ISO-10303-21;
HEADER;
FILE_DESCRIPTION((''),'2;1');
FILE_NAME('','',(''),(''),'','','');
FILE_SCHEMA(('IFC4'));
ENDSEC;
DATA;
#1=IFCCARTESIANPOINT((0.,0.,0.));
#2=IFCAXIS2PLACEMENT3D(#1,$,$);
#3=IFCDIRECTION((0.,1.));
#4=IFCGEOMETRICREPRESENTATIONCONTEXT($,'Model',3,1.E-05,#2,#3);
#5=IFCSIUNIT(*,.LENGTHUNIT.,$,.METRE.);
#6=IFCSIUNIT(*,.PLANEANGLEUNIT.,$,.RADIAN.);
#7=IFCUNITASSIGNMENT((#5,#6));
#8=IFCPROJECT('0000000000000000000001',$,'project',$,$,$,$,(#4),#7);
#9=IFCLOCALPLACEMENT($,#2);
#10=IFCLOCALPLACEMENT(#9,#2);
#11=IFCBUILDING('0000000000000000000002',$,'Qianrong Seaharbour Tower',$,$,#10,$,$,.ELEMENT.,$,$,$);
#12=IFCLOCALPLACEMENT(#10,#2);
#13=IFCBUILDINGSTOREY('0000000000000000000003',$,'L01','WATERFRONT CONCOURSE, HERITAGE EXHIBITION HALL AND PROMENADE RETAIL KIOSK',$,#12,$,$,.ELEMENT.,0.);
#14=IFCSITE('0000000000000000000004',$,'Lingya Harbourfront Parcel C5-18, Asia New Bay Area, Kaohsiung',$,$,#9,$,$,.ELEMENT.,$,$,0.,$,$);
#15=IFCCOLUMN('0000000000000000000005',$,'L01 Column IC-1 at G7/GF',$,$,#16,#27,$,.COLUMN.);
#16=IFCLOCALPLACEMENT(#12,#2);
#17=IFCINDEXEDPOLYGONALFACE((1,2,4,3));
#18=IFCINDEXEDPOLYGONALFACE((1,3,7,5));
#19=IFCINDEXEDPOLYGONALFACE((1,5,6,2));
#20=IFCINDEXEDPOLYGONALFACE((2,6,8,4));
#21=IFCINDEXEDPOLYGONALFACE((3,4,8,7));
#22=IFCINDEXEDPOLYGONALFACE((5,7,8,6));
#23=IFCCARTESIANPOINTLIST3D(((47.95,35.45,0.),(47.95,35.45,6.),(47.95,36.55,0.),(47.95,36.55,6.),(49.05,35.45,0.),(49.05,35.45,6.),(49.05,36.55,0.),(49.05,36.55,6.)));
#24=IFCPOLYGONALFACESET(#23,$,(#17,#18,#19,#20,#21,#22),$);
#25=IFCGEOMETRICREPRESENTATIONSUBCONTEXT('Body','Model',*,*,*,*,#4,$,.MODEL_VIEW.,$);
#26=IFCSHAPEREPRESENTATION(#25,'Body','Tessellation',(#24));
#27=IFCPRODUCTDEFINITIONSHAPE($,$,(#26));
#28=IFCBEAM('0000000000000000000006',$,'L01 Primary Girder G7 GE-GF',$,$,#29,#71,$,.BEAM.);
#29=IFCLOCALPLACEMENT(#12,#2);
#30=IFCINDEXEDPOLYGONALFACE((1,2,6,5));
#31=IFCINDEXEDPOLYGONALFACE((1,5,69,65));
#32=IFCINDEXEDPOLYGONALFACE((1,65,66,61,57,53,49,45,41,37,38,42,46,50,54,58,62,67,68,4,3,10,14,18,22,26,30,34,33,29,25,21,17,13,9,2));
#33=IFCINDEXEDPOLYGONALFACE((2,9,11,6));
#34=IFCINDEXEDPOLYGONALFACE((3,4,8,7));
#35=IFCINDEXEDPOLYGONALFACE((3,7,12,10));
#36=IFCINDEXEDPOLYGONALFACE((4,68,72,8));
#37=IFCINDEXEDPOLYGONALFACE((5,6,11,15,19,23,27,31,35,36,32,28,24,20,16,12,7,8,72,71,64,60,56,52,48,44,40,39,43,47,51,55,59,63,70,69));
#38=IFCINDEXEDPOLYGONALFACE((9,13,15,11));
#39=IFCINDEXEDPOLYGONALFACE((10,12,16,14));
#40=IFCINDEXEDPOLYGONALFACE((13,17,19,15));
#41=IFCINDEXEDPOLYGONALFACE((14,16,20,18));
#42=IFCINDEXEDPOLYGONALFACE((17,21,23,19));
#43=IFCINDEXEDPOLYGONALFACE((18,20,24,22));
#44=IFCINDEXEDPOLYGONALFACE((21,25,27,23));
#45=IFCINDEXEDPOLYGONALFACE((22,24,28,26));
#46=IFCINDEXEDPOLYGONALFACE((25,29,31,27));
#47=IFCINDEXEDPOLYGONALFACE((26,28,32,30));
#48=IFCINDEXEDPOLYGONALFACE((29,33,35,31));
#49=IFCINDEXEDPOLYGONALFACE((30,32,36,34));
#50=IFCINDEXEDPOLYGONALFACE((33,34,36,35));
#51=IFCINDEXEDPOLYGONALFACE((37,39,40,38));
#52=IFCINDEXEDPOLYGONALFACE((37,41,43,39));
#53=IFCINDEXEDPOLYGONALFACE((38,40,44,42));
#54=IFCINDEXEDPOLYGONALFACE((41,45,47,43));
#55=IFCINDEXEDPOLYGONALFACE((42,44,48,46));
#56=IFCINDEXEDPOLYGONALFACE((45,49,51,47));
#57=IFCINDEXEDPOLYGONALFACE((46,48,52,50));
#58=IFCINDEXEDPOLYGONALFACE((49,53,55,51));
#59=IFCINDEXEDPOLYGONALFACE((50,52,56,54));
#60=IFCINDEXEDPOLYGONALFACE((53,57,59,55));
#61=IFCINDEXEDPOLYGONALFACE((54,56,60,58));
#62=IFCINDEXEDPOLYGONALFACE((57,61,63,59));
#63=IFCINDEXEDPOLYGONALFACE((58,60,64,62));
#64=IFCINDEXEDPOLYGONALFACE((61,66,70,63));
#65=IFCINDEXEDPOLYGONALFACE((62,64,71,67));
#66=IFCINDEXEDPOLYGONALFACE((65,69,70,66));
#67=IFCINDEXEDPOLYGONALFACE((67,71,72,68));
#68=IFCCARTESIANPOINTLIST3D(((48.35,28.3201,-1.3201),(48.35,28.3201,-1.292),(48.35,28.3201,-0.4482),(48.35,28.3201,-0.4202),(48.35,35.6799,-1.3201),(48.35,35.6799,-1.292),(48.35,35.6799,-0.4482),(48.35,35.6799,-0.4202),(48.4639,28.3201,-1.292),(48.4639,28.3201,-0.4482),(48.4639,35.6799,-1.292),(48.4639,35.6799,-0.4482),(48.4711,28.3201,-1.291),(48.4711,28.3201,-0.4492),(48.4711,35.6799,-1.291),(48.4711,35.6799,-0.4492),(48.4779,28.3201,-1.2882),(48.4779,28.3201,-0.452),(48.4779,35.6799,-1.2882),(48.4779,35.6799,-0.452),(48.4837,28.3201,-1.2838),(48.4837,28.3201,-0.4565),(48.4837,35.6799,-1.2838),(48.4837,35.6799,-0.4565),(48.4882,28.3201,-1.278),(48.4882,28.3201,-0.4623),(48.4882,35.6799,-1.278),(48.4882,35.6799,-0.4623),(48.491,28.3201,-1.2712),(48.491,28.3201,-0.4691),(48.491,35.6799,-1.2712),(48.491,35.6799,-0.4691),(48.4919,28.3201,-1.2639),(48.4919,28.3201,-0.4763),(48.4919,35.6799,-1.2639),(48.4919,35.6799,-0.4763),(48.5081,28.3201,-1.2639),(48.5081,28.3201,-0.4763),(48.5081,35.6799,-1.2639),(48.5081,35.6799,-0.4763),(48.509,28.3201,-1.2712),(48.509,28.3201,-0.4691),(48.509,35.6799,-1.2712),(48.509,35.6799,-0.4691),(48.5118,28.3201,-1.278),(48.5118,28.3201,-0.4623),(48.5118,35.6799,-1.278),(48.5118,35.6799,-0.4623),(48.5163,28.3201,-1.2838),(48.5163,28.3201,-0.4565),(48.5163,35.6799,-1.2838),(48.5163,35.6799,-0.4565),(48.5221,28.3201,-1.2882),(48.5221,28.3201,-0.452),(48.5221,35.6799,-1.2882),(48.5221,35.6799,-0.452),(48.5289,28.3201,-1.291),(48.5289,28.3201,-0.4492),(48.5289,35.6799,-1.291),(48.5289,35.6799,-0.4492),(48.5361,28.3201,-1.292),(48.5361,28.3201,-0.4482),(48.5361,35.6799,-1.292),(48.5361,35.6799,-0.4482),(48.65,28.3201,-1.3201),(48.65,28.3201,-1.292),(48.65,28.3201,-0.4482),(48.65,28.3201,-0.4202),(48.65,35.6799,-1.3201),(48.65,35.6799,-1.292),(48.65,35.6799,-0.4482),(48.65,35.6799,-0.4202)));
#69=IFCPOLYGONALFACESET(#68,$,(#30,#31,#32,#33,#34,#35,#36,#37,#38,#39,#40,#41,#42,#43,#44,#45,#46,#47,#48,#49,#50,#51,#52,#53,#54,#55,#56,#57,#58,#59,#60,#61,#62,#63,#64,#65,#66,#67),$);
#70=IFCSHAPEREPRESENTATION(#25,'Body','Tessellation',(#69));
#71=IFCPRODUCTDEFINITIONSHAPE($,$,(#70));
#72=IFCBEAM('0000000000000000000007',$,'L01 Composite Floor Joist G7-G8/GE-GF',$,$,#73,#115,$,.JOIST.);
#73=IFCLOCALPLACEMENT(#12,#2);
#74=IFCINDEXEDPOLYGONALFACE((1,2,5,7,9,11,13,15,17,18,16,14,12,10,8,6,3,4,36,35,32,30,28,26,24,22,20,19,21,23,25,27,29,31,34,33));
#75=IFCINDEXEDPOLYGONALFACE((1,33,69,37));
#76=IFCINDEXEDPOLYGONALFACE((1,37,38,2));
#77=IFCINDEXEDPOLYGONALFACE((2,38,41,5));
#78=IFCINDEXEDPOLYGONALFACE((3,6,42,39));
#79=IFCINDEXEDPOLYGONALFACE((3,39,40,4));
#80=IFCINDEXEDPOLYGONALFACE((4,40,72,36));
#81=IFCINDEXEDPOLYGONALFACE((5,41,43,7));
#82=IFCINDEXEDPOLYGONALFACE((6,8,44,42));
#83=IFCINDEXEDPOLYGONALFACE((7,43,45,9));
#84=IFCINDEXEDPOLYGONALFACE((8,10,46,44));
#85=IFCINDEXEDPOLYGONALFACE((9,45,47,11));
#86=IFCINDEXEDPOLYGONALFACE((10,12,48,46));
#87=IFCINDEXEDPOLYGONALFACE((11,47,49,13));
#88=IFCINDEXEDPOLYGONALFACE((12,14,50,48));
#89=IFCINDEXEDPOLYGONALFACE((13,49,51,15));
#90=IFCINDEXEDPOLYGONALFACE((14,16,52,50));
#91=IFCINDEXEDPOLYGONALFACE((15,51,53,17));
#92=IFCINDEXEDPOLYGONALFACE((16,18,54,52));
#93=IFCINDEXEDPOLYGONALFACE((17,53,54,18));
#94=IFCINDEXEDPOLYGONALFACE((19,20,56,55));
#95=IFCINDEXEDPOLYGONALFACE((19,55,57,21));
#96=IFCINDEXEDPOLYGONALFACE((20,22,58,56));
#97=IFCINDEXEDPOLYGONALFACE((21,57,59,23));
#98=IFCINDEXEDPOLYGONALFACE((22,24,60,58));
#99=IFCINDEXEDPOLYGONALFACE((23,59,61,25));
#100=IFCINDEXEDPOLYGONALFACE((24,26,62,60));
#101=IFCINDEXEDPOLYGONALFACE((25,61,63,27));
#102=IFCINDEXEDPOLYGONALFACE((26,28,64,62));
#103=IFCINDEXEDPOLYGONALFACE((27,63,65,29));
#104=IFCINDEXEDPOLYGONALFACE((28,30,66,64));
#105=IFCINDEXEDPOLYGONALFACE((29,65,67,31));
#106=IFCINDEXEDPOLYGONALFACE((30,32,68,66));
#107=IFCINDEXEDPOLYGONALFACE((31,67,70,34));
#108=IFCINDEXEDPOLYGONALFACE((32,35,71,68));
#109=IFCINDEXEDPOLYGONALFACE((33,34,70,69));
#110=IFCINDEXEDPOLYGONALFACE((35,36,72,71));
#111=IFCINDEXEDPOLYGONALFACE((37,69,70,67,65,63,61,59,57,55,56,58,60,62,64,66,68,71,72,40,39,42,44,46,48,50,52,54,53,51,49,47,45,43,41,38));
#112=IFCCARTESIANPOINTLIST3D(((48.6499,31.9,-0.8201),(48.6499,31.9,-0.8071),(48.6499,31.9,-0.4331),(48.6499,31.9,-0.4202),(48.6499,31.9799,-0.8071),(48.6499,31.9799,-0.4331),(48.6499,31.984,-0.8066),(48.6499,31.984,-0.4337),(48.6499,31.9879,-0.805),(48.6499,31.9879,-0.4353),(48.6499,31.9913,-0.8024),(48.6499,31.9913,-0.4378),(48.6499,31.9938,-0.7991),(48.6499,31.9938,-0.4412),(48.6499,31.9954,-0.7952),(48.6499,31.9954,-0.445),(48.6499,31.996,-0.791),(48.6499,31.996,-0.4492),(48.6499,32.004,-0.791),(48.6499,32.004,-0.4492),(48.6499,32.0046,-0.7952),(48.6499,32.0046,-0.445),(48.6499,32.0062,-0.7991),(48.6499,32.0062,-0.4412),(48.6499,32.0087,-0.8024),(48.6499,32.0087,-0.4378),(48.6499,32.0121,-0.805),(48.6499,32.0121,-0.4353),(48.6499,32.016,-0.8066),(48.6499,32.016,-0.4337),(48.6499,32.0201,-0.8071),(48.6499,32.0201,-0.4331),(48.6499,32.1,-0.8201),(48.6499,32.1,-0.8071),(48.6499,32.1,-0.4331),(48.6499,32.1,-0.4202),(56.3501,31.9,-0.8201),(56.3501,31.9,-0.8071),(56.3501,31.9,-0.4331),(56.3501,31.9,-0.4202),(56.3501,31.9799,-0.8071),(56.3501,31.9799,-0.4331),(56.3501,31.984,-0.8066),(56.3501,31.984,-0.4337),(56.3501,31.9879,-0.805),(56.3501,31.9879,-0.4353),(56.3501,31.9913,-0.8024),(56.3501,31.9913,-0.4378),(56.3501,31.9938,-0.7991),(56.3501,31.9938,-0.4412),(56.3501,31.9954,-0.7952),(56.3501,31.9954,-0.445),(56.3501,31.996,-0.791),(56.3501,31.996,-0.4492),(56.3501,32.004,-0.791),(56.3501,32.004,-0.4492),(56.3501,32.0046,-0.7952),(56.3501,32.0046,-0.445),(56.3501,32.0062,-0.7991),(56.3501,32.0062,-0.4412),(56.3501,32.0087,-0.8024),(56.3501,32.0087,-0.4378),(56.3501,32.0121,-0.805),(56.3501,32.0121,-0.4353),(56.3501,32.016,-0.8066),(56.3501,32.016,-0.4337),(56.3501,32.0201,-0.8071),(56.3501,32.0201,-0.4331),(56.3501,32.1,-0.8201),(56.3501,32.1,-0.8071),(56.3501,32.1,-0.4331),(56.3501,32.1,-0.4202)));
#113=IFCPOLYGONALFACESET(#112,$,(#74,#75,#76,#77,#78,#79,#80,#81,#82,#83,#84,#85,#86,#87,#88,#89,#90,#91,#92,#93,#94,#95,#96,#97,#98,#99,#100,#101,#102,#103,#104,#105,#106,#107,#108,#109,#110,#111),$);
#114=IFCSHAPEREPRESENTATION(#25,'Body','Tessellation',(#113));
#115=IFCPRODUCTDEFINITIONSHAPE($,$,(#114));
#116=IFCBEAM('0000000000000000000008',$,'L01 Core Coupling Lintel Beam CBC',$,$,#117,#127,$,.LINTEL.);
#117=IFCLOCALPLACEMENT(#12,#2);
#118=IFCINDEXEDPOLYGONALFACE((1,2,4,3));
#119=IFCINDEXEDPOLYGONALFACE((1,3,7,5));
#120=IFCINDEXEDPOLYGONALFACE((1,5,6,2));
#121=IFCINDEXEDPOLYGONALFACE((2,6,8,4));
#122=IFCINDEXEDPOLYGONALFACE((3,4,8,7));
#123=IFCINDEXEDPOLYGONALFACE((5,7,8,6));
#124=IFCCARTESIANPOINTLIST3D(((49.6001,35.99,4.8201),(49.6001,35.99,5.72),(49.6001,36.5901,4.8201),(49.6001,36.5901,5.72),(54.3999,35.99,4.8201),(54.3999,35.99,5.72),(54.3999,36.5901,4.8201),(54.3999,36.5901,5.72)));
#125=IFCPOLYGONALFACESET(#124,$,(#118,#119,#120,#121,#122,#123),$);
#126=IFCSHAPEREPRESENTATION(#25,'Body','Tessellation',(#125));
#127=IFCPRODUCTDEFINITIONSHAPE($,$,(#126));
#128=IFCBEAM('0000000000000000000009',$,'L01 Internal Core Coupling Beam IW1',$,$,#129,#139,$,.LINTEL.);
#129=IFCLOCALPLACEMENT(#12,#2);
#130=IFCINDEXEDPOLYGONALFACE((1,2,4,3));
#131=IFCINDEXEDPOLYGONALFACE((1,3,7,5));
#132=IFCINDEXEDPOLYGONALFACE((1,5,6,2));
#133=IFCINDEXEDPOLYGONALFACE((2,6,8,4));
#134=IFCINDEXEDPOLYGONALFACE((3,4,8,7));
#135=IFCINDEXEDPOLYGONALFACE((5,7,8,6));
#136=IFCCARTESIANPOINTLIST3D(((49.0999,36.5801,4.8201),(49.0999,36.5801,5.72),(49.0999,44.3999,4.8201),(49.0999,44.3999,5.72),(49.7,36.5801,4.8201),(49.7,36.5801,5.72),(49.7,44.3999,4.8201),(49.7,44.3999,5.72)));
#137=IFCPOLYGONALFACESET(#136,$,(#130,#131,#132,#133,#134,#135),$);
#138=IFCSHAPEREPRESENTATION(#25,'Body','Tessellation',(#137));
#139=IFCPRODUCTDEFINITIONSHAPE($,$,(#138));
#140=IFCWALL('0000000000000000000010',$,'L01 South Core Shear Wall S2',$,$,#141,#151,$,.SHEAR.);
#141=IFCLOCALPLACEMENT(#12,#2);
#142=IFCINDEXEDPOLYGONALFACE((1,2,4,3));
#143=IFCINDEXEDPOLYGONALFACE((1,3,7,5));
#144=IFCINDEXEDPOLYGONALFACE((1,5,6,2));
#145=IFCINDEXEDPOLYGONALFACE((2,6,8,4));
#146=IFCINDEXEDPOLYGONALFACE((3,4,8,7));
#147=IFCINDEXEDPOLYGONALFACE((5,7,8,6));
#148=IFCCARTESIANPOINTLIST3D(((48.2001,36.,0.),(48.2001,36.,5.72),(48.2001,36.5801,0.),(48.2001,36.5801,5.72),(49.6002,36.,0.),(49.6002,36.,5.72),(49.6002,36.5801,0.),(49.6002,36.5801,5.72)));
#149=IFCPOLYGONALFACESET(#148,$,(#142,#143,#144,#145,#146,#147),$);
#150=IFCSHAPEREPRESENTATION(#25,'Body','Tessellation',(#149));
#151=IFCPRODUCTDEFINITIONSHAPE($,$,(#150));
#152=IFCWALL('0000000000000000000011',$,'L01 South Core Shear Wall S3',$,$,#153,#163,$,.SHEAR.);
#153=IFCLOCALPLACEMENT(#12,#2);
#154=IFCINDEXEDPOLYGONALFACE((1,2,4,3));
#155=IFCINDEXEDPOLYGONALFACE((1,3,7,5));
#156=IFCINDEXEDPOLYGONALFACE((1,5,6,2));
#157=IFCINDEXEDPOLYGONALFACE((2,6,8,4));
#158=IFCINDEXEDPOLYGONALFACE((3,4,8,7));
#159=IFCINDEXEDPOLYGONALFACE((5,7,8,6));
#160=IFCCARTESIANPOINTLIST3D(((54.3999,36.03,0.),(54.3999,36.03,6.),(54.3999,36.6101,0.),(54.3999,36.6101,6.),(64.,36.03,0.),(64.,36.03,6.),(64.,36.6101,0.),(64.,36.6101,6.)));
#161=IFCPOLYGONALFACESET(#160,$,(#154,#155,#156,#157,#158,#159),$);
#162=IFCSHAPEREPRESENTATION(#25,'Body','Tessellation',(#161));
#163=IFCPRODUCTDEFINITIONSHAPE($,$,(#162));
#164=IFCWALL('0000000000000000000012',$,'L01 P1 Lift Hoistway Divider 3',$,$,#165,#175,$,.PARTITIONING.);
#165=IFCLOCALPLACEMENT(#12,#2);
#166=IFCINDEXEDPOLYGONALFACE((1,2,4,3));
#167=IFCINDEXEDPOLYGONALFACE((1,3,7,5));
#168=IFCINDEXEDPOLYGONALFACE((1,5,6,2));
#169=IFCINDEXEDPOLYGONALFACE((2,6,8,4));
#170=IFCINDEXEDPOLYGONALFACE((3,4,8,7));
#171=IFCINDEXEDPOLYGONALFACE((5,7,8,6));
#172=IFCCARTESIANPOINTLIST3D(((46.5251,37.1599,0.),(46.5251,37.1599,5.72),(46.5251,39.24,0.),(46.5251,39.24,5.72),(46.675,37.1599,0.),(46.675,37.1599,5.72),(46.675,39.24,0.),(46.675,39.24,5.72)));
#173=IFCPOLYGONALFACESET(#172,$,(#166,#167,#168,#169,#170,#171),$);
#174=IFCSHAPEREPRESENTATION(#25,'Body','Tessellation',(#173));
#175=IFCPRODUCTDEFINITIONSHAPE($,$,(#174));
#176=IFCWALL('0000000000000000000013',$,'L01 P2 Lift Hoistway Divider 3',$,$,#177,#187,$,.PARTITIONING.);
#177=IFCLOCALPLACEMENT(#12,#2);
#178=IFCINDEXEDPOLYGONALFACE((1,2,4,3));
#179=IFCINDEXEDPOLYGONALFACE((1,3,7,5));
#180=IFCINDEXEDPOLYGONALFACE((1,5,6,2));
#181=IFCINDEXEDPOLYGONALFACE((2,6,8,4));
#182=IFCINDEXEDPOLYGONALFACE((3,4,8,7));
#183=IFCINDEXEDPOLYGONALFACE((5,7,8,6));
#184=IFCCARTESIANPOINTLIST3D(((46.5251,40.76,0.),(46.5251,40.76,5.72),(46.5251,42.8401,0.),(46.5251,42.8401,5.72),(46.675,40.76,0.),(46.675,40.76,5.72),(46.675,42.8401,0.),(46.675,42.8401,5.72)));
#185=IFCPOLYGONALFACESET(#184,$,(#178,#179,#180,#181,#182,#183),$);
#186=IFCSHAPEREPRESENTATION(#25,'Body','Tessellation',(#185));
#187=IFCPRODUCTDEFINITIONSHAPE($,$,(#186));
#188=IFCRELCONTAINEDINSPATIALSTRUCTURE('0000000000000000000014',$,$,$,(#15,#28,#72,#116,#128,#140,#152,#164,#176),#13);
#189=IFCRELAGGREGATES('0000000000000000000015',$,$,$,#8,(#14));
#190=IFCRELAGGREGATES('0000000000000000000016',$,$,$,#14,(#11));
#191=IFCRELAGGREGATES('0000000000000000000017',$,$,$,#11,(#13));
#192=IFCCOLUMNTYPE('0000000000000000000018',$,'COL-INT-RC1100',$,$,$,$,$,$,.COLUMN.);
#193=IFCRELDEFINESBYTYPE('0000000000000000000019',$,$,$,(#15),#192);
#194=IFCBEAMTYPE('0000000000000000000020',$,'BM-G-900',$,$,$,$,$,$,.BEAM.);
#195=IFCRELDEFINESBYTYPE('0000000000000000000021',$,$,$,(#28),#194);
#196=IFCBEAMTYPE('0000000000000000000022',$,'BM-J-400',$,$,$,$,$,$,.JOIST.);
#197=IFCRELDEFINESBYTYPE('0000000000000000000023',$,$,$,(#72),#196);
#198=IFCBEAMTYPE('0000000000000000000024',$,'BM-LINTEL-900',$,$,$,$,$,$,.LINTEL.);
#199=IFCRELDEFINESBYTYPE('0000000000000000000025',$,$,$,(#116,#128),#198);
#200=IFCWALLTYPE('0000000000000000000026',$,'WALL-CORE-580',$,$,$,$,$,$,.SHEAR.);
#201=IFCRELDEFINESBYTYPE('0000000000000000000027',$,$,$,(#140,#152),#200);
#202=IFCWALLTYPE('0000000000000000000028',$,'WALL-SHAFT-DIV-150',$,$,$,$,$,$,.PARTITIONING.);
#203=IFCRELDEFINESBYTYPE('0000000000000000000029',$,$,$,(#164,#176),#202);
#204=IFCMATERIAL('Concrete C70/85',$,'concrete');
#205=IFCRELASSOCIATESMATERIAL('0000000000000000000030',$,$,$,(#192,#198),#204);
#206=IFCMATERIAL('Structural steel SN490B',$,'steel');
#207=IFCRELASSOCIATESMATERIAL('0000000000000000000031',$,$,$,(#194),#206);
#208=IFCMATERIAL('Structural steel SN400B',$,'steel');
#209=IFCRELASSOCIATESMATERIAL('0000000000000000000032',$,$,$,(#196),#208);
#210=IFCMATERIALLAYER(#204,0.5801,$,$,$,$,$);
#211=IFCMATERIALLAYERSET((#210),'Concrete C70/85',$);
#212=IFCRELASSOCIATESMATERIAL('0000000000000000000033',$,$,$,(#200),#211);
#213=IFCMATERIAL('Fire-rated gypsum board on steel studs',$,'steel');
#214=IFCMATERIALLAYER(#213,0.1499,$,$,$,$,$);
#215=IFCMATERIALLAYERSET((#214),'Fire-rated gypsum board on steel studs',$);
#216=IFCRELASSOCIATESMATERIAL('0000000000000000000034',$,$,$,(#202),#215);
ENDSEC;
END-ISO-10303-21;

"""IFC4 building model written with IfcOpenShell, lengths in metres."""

from ifc_helpers import new_model, si_unit, direction, frame, frame_2d, origin, origin_2d, place, context, subcontext, project, spatial, rectangle, i_section, extrude, material, layer, layer_set, material_profile, profile_set, type_object, element, save


model = new_model("IFC4")

# Units and contexts
model_context = context("Model", 3, precision=1e-05, world=origin(), true_north=direction((0.0, 1.0)))
body_context = subcontext(model_context, "Body", "Model", "MODEL_VIEW")
ifc_project = project(units=[si_unit("LENGTHUNIT", "METRE"), si_unit("PLANEANGLEUNIT", "RADIAN")], contexts=[model_context])

# Site, building, storey
site_placement = place(None, origin())
site = spatial("IfcSite", under=ifc_project, at=site_placement, Name="Lingya Harbourfront Parcel C5-18, Asia New Bay Area, Kaohsiung", CompositionType="ELEMENT", RefElevation=0.0)
building_placement = place(site_placement, origin())
building = spatial("IfcBuilding", under=site, at=building_placement, Name="Qianrong Seaharbour Tower", CompositionType="ELEMENT")
storey_placement = place(building_placement, origin())
storey = spatial("IfcBuildingStorey", under=building, at=storey_placement, Name="L01", Description="WATERFRONT CONCOURSE, HERITAGE EXHIBITION HALL AND PROMENADE RETAIL KIOSK", CompositionType="ELEMENT", Elevation=0.0)

# Column
ifc_material_1 = material(Name="Concrete C70/85", Category="concrete")
ifc_material_profile_1 = material_profile(ifc_material_1, rectangle(XDim=1.1001, YDim=1.1001, at=origin_2d()), Name="RC1100x1100")
ifc_profile_set_1 = profile_set([ifc_material_profile_1], Name="Concrete C70/85")
column_type = type_object("IfcColumnType", Name="COL-INT-RC1100", PredefinedType="COLUMN", material=ifc_profile_set_1)
column_placement = place(storey_placement, frame((48.5, 36.0, 0.0), z_axis=(0.0, 0.0, 1.0), x_axis=(1.0, 0.0, 0.0)))
element("IfcColumn", 1, at=column_placement, inside=storey, type_object=column_type, Name="L01 Column IC-1 at G7/GF", PredefinedType="COLUMN", context=body_context, shape_type="SweptSolid", body=[
    extrude(rectangle(XDim=1.1001, YDim=1.1001, at=origin_2d()), origin(), (0.0, 0.0, 1.0), 6.0),
])

# Beams
ifc_material_2 = material(Name="Structural steel SN490B", Category="steel")
ifc_material_profile_2 = material_profile(ifc_material_2, i_section(OverallWidth=0.3, OverallDepth=0.8999, WebThickness=0.0161, FlangeThickness=0.0281, FilletRadius=0.0281, at=origin_2d()), Name="H900x300x16x28")
ifc_profile_set_2 = profile_set([ifc_material_profile_2], Name="Structural steel SN490B")
beam_type_1 = type_object("IfcBeamType", Name="BM-G-900", PredefinedType="BEAM", material=ifc_profile_set_2)
beam_1_placement = place(storey_placement, frame((48.5, 28.3201, -0.8701), z_axis=(0.0, 1.0, 0.0), x_axis=(-1.0, 0.0, 0.0)))
element("IfcBeam", 2, at=beam_1_placement, inside=storey, type_object=beam_type_1, Name="L01 Primary Girder G7 GE-GF", PredefinedType="BEAM", context=body_context, shape_type="SweptSolid", body=[
    extrude(i_section(OverallWidth=0.3, OverallDepth=0.8999, WebThickness=0.0161, FlangeThickness=0.0281, FilletRadius=0.0281, at=origin_2d()), origin(), (0.0, 0.0, 1.0), 7.3599),
])
ifc_material_3 = material(Name="Structural steel SN400B", Category="steel")
ifc_material_profile_3 = material_profile(ifc_material_3, i_section(OverallWidth=0.2, OverallDepth=0.3999, WebThickness=0.0081, FlangeThickness=0.0129, FilletRadius=0.0161, at=origin_2d()), Name="H400x200x8x13")
ifc_profile_set_3 = profile_set([ifc_material_profile_3], Name="Structural steel SN400B")
beam_type_2 = type_object("IfcBeamType", Name="BM-J-400", PredefinedType="JOIST", material=ifc_profile_set_3)
beam_2_placement = place(storey_placement, frame((48.6499, 32.0, -0.6201), z_axis=(1.0, 0.0, 0.0), x_axis=(0.0, 1.0, 0.0)))
element("IfcBeam", 3, at=beam_2_placement, inside=storey, type_object=beam_type_2, Name="L01 Composite Floor Joist G7-G8/GE-GF", PredefinedType="JOIST", context=body_context, shape_type="SweptSolid", body=[
    extrude(i_section(OverallWidth=0.2, OverallDepth=0.3999, WebThickness=0.0081, FlangeThickness=0.0129, FilletRadius=0.0161, at=origin_2d()), origin(), (0.0, 0.0, 1.0), 7.7002),
])
ifc_material_profile_4 = material_profile(ifc_material_1, rectangle(XDim=0.6001, YDim=0.8999, at=origin_2d()), Name="RC600x900")
ifc_profile_set_4 = profile_set([ifc_material_profile_4], Name="Concrete C70/85")
beam_type_3 = type_object("IfcBeamType", Name="BM-LINTEL-900", PredefinedType="LINTEL", material=ifc_profile_set_4)
beam_3_placement = place(storey_placement, frame((49.6001, 36.29, 5.27), z_axis=(1.0, 0.0, 0.0), x_axis=(0.0, 1.0, 0.0)))
element("IfcBeam", 4, at=beam_3_placement, inside=storey, type_object=beam_type_3, Name="L01 Core Coupling Lintel Beam CBC", PredefinedType="LINTEL", context=body_context, shape_type="SweptSolid", body=[
    extrude(rectangle(XDim=0.6001, YDim=0.8999, at=origin_2d()), origin(), (0.0, 0.0, 1.0), 4.7998),
])
beam_4_placement = place(storey_placement, frame((49.3999, 36.5801, 5.27), z_axis=(0.0, 1.0, 0.0), x_axis=(-1.0, 0.0, 0.0)))
element("IfcBeam", 5, at=beam_4_placement, inside=storey, type_object=beam_type_3, Name="L01 Internal Core Coupling Beam IW1", PredefinedType="LINTEL", context=body_context, shape_type="SweptSolid", body=[
    extrude(rectangle(XDim=0.6001, YDim=0.8999, at=origin_2d()), origin(), (0.0, 0.0, 1.0), 7.8198),
])

# Walls
ifc_layer_1 = layer(ifc_material_1, 0.5801)
ifc_layer_set_1 = layer_set([ifc_layer_1], Name="Concrete C70/85")
wall_type_1 = type_object("IfcWallType", Name="WALL-CORE-580", PredefinedType="SHEAR", material=ifc_layer_set_1)
wall_1_placement = place(storey_placement, frame((48.2, 36.29, 0.0), z_axis=(0.0, 0.0, 1.0), x_axis=(1.0, 0.0, 0.0)))
element("IfcWall", 6, at=wall_1_placement, inside=storey, type_object=wall_type_1, Name="L01 South Core Shear Wall S2", PredefinedType="SHEAR", context=body_context, shape_type="SweptSolid", body=[
    extrude(rectangle(XDim=1.4001, YDim=0.5801, at=frame_2d((0.7002, 0.0))), origin(), (0.0, 0.0, 1.0), 5.72),
])
wall_2_placement = place(storey_placement, frame((54.3999, 36.3201, 0.0), z_axis=(0.0, 0.0, 1.0), x_axis=(1.0, 0.0, 0.0)))
element("IfcWall", 7, at=wall_2_placement, inside=storey, type_object=wall_type_1, Name="L01 South Core Shear Wall S3", PredefinedType="SHEAR", context=body_context, shape_type="SweptSolid", body=[
    extrude(rectangle(XDim=9.6001, YDim=0.5801, at=frame_2d((4.8, 0.0))), origin(), (0.0, 0.0, 1.0), 6.0),
])

# Walls
ifc_material_4 = material(Name="Fire-rated gypsum board on steel studs", Category="steel")
ifc_layer_2 = layer(ifc_material_4, 0.1499)
ifc_layer_set_2 = layer_set([ifc_layer_2], Name="Fire-rated gypsum board on steel studs")
wall_type_2 = type_object("IfcWallType", Name="WALL-SHAFT-DIV-150", PredefinedType="PARTITIONING", material=ifc_layer_set_2)
for number, where, z_axis, x_axis, name in (
    (8, (46.6001, 37.1599, 0.0), (0.0, 0.0, 1.0), (0.0, 1.0, 0.0), "L01 P1 Lift Hoistway Divider 3"),
    (9, (46.6001, 40.76, 0.0), (0.0, 0.0, 1.0), (0.0, 1.0, 0.0), "L01 P2 Lift Hoistway Divider 3"),
):
    element("IfcWall", number, at=place(storey_placement, frame(where, z_axis=z_axis, x_axis=x_axis)), inside=storey, type_object=wall_type_2, Name=name, PredefinedType="PARTITIONING", context=body_context, shape_type="SweptSolid", body=[
        extrude(rectangle(XDim=2.0801, YDim=0.1499, at=frame_2d((1.04, 0.0))), origin(), (0.0, 0.0, 1.0), 5.72),
    ])

save(model, "model.ifc")
